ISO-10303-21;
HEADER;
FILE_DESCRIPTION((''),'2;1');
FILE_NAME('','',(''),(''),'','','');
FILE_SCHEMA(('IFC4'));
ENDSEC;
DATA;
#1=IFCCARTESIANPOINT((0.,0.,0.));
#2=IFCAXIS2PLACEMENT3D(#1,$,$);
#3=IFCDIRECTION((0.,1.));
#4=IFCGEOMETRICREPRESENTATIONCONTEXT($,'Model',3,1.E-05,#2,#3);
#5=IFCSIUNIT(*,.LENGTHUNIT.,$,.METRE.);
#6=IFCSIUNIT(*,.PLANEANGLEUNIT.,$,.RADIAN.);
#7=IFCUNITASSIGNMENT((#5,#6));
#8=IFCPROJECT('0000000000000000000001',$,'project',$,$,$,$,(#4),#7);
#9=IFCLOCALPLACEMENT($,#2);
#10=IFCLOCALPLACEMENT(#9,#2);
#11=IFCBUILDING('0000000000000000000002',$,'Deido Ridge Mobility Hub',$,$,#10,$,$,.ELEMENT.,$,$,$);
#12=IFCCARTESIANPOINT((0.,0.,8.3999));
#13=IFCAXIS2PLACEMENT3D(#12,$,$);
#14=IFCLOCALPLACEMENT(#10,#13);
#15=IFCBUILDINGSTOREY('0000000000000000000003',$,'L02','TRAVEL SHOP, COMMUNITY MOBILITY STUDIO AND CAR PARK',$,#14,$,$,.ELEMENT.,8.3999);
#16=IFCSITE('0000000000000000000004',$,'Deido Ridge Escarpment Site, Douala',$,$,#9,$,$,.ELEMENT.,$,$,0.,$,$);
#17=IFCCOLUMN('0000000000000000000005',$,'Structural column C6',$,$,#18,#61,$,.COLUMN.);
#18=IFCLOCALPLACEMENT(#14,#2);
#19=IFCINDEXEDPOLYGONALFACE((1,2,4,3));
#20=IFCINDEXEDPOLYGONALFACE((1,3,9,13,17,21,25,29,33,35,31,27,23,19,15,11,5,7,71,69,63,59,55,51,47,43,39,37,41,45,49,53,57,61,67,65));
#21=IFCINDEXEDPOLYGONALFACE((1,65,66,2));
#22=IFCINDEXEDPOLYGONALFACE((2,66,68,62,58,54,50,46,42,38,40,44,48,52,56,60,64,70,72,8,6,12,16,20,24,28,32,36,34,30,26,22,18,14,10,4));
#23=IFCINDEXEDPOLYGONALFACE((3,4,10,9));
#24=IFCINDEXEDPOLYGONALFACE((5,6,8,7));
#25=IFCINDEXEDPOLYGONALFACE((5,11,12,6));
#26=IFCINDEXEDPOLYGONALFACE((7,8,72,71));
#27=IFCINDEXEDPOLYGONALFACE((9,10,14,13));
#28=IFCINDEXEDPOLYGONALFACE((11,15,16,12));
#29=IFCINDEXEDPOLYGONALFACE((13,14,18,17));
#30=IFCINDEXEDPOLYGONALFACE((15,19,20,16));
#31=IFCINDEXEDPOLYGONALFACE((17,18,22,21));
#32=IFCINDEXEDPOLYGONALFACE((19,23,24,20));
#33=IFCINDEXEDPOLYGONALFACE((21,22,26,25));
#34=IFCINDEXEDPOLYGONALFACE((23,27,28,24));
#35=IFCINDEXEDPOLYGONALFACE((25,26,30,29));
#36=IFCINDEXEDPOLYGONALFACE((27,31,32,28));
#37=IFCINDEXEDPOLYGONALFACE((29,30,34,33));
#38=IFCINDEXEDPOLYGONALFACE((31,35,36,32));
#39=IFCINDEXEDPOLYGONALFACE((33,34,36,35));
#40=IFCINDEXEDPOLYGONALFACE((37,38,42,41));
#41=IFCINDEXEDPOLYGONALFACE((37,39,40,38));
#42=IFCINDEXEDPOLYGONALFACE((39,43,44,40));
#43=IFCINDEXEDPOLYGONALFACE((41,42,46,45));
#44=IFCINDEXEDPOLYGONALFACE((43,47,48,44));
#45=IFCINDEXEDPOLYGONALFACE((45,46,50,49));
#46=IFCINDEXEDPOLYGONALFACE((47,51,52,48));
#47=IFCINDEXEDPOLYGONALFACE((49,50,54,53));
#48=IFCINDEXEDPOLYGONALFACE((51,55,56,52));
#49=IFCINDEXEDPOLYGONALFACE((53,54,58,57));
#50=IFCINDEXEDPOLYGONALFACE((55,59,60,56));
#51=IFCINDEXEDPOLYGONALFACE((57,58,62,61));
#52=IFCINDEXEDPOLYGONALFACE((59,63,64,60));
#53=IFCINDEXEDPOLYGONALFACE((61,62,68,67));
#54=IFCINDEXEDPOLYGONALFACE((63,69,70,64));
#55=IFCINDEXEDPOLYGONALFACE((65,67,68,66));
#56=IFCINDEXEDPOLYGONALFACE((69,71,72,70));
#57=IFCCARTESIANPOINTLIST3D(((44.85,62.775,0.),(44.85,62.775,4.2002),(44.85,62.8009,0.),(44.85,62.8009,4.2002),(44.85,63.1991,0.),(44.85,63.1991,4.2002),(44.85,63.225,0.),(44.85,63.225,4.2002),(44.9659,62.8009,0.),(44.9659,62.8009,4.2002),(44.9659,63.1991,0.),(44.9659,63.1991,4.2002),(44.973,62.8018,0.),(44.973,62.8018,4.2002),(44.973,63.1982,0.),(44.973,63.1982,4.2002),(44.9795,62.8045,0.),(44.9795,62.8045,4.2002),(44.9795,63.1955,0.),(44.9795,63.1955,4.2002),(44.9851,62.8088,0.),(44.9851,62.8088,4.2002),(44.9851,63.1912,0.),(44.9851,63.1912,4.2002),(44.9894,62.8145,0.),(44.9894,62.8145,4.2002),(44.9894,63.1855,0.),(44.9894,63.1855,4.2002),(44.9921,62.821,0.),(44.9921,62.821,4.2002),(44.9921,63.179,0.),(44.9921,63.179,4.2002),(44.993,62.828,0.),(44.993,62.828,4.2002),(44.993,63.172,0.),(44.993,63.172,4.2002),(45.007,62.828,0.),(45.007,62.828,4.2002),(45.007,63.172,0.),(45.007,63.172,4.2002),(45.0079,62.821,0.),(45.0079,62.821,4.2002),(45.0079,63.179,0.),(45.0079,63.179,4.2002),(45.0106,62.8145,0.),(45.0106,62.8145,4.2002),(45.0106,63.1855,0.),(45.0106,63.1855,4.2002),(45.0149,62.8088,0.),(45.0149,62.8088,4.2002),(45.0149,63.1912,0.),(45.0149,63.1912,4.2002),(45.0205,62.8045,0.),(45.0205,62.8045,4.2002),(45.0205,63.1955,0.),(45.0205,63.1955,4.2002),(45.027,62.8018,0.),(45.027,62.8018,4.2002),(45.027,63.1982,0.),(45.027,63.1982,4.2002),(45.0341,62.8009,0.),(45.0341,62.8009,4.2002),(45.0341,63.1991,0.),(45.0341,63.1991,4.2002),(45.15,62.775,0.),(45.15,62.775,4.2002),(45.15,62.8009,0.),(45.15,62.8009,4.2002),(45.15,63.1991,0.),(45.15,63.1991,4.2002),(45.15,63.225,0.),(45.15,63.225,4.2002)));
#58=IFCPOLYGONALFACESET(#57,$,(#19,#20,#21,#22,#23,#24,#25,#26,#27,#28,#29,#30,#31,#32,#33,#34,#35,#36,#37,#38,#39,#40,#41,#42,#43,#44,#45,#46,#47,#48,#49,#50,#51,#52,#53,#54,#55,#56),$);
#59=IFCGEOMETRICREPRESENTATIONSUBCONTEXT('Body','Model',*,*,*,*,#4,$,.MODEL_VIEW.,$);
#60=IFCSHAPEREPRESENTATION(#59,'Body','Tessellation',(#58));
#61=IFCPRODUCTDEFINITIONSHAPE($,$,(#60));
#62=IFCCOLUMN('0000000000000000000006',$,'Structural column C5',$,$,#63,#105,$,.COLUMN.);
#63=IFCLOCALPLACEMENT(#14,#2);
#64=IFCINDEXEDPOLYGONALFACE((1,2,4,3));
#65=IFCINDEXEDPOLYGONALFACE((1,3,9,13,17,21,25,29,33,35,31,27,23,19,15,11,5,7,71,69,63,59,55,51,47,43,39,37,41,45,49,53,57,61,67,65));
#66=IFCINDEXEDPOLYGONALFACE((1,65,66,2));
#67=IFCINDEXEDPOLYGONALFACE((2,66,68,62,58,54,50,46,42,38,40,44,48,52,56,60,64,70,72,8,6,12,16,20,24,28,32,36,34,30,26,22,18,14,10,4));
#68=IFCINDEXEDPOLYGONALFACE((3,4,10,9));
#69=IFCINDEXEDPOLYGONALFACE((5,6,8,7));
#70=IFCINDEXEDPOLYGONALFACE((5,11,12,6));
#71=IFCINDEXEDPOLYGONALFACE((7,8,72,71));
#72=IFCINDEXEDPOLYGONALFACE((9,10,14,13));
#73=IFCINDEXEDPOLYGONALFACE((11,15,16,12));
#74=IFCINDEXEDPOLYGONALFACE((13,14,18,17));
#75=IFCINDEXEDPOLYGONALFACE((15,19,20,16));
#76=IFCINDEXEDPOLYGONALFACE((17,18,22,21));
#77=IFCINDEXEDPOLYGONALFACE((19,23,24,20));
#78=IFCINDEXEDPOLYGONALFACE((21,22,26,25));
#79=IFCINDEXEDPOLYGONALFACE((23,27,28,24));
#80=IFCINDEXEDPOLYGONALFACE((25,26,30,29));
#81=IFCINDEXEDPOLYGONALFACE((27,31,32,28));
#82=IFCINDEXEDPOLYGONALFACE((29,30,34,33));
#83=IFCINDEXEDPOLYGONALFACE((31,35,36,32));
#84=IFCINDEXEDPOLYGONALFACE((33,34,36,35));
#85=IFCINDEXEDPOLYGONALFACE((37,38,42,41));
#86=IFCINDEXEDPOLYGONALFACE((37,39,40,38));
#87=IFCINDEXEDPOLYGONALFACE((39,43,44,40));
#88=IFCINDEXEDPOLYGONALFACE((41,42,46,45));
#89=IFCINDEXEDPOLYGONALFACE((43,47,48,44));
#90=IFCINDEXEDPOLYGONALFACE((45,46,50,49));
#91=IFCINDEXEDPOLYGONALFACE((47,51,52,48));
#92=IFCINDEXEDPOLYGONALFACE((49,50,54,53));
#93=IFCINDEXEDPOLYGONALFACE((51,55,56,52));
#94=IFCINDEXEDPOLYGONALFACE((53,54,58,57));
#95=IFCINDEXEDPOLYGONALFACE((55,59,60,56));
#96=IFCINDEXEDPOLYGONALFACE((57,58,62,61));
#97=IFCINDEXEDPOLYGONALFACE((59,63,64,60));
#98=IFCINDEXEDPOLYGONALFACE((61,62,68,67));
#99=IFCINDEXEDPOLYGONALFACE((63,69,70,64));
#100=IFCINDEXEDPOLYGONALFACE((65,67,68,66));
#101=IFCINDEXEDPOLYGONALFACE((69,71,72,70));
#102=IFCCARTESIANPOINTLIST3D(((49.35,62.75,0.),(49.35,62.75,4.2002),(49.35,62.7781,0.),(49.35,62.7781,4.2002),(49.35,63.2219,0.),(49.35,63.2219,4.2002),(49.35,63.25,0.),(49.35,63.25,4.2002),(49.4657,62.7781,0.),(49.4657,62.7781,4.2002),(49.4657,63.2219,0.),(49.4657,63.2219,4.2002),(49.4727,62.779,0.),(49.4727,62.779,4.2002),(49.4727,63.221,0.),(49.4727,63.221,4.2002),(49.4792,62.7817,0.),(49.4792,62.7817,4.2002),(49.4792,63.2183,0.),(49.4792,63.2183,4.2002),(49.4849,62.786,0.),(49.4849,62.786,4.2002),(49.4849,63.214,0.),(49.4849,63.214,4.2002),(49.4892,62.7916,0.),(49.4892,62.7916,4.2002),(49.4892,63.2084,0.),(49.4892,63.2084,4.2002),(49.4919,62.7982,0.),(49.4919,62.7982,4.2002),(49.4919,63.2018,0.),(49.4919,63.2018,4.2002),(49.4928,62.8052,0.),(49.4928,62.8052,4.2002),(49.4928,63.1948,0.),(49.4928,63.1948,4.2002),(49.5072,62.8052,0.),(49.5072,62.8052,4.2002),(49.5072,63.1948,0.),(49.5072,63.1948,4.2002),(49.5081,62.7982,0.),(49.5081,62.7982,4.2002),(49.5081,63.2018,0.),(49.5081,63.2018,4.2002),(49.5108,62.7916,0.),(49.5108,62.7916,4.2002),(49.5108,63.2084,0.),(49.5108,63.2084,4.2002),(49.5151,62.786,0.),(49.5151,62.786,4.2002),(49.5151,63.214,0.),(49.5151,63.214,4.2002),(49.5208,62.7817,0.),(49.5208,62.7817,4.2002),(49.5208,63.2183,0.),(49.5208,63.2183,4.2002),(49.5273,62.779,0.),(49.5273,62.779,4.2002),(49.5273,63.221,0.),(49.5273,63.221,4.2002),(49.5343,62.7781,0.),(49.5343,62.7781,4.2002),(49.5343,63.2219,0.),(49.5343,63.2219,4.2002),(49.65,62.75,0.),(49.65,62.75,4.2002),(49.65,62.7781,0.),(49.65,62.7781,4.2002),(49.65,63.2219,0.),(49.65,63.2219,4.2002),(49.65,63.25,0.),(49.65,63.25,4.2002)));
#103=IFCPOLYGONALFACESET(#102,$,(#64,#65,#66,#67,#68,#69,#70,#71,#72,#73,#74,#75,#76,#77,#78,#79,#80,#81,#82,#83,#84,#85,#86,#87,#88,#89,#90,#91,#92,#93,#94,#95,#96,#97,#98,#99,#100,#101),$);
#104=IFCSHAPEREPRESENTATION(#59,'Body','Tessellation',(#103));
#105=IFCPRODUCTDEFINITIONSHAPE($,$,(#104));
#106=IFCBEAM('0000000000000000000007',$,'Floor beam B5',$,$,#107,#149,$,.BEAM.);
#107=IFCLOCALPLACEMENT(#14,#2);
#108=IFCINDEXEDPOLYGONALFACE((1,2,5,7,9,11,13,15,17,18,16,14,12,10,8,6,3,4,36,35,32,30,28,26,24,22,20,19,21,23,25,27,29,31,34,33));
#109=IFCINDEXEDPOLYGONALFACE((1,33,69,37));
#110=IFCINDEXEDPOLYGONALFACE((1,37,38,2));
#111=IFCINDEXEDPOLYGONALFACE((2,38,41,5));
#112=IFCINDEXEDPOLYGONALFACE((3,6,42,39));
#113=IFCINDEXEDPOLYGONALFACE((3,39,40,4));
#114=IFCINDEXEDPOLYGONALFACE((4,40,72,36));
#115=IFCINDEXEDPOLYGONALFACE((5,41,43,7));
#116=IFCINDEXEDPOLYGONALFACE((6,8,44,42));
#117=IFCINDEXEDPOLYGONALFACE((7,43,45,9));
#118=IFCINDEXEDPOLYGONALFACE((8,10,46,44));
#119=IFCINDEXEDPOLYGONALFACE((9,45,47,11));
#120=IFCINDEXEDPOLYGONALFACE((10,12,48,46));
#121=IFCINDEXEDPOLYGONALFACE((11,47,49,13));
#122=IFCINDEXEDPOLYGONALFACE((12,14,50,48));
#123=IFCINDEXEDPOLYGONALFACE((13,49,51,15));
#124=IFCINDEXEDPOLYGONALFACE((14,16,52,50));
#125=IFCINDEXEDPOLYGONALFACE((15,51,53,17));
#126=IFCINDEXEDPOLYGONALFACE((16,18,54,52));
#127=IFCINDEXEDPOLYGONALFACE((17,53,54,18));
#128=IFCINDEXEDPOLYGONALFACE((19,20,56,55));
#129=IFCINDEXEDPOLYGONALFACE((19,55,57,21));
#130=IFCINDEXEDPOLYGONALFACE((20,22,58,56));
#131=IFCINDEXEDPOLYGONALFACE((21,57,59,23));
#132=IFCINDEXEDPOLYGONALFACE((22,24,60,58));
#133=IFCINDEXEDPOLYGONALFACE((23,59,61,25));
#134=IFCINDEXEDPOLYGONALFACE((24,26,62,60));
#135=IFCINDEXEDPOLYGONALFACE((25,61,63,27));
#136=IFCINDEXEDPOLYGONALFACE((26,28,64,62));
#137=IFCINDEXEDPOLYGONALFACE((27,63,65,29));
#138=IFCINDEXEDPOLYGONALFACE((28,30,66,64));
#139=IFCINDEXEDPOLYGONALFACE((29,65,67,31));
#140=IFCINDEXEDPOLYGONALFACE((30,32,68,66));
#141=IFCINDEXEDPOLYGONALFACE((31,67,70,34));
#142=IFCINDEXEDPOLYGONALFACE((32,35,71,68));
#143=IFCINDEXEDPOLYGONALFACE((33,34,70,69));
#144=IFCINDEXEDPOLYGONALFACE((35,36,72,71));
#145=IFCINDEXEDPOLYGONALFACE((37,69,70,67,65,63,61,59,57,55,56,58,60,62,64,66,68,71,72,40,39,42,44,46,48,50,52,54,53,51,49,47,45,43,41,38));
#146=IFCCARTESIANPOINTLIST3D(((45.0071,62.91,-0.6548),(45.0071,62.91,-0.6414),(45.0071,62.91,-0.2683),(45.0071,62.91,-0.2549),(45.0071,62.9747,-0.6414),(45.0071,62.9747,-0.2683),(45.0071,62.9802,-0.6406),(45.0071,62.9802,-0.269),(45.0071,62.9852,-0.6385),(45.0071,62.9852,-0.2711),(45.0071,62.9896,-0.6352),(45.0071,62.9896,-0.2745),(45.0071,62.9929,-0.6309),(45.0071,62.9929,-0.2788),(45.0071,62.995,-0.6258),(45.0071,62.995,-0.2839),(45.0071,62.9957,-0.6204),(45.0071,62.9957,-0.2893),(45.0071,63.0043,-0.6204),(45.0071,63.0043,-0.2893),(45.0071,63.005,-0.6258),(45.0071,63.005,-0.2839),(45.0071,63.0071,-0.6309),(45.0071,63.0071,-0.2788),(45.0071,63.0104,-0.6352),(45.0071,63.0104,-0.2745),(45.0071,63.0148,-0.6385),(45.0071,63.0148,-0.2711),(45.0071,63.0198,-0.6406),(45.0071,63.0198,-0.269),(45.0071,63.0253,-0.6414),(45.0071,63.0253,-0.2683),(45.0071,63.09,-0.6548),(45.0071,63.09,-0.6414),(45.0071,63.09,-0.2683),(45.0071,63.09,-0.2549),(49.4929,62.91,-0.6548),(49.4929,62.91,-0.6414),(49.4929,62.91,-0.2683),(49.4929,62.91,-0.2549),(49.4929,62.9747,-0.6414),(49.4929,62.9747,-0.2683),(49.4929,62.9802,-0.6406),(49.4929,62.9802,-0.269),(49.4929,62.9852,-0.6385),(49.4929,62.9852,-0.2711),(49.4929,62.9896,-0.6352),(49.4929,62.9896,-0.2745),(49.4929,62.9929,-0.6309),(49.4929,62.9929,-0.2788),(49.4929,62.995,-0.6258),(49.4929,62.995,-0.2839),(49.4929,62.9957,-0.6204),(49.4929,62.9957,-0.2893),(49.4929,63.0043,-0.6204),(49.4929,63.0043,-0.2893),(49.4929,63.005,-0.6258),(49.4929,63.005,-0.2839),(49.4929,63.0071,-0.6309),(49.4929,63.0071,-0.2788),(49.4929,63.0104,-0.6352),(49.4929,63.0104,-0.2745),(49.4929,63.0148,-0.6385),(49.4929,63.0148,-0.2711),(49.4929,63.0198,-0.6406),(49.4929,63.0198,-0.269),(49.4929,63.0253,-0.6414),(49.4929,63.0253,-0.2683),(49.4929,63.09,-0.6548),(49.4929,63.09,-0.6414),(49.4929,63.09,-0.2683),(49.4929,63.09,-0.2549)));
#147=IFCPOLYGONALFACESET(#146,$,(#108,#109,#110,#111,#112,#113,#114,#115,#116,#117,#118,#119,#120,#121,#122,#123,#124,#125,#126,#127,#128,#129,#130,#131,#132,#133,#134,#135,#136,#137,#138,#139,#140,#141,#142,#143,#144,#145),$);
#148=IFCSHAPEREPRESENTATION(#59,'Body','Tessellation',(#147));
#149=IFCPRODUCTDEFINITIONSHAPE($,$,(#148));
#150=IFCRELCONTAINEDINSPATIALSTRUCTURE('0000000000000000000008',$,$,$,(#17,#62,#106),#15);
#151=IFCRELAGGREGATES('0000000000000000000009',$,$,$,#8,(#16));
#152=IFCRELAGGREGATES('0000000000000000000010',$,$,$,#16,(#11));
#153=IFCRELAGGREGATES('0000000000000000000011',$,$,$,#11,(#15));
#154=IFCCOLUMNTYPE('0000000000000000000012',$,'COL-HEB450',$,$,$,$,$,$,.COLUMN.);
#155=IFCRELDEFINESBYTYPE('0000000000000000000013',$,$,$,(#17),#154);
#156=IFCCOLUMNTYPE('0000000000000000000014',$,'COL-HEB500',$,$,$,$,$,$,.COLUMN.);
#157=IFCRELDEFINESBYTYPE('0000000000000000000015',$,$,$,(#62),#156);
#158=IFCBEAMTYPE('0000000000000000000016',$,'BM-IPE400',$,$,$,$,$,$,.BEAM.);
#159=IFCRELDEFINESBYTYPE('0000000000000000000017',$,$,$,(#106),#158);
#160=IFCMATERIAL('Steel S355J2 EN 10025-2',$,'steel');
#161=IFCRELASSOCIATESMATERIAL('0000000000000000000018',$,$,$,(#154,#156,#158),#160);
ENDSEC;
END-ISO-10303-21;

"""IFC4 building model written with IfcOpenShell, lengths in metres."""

from ifc_helpers import new_model, si_unit, direction, frame, origin, origin_2d, place, context, subcontext, project, spatial, i_section, extrude, material, material_profile, profile_set, type_object, element, save


model = new_model("IFC4")

# Units and contexts
model_context = context("Model", 3, precision=1e-05, world=origin(), true_north=direction((0.0, 1.0)))
body_context = subcontext(model_context, "Body", "Model", "MODEL_VIEW")
ifc_project = project(units=[si_unit("LENGTHUNIT", "METRE"), si_unit("PLANEANGLEUNIT", "RADIAN")], contexts=[model_context])

# Site, building, storey
site_placement = place(None, origin())
site = spatial("IfcSite", under=ifc_project, at=site_placement, Name="Deido Ridge Escarpment Site, Douala", CompositionType="ELEMENT", RefElevation=0.0)
building_placement = place(site_placement, origin())
building = spatial("IfcBuilding", under=site, at=building_placement, Name="Deido Ridge Mobility Hub", CompositionType="ELEMENT")
storey_placement = place(building_placement, frame((0.0, 0.0, 8.3999)))
storey = spatial("IfcBuildingStorey", under=building, at=storey_placement, Name="L02", Description="TRAVEL SHOP, COMMUNITY MOBILITY STUDIO AND CAR PARK", CompositionType="ELEMENT", Elevation=8.3999)

# Columns
ifc_material_1 = material(Name="Steel S355J2 EN 10025-2", Category="steel")
ifc_material_profile_1 = material_profile(ifc_material_1, i_section(OverallWidth=0.3, OverallDepth=0.45, WebThickness=0.0139, FlangeThickness=0.0259, FilletRadius=0.0271, at=origin_2d()), Name="HEB 450")
ifc_profile_set_1 = profile_set([ifc_material_profile_1], Name="Steel S355J2 EN 10025-2")
column_type_1 = type_object("IfcColumnType", Name="COL-HEB450", PredefinedType="COLUMN", material=ifc_profile_set_1)
column_1_placement = place(storey_placement, frame((45.0, 63.0, 0.0), z_axis=(0.0, 0.0, 1.0), x_axis=(1.0, 0.0, 0.0)))
element("IfcColumn", 1, at=column_1_placement, inside=storey, type_object=column_type_1, Name="Structural column C6", PredefinedType="COLUMN", context=body_context, shape_type="SweptSolid", body=[
    extrude(i_section(OverallWidth=0.3, OverallDepth=0.45, WebThickness=0.0139, FlangeThickness=0.0259, FilletRadius=0.0271, at=origin_2d()), origin(), (0.0, 0.0, 1.0), 4.2002),
])
ifc_material_profile_2 = material_profile(ifc_material_1, i_section(OverallWidth=0.3, OverallDepth=0.5, WebThickness=0.0144, FlangeThickness=0.0281, FilletRadius=0.0271, at=origin_2d()), Name="HEB 500")
ifc_profile_set_2 = profile_set([ifc_material_profile_2], Name="Steel S355J2 EN 10025-2")
column_type_2 = type_object("IfcColumnType", Name="COL-HEB500", PredefinedType="COLUMN", material=ifc_profile_set_2)
column_2_placement = place(storey_placement, frame((49.5, 63.0, 0.0), z_axis=(0.0, 0.0, 1.0), x_axis=(1.0, 0.0, 0.0)))
element("IfcColumn", 2, at=column_2_placement, inside=storey, type_object=column_type_2, Name="Structural column C5", PredefinedType="COLUMN", context=body_context, shape_type="SweptSolid", body=[
    extrude(i_section(OverallWidth=0.3, OverallDepth=0.5, WebThickness=0.0144, FlangeThickness=0.0281, FilletRadius=0.0271, at=origin_2d()), origin(), (0.0, 0.0, 1.0), 4.2002),
])

# Beam
ifc_material_profile_3 = material_profile(ifc_material_1, i_section(OverallWidth=0.1799, OverallDepth=0.3999, WebThickness=0.0085, FlangeThickness=0.0134, FilletRadius=0.021, at=origin_2d()), Name="IPE 400")
ifc_profile_set_3 = profile_set([ifc_material_profile_3], Name="Steel S355J2 EN 10025-2")
beam_type_1 = type_object("IfcBeamType", Name="BM-IPE400", PredefinedType="BEAM", material=ifc_profile_set_3)
beam_1_placement = place(storey_placement, frame((45.0071, 63.0, -0.4548), z_axis=(1.0, 0.0, 0.0), x_axis=(0.0, 1.0, 0.0)))
element("IfcBeam", 3, at=beam_1_placement, inside=storey, type_object=beam_type_1, Name="Floor beam B5", PredefinedType="BEAM", context=body_context, shape_type="SweptSolid", body=[
    extrude(i_section(OverallWidth=0.1799, OverallDepth=0.3999, WebThickness=0.0085, FlangeThickness=0.0134, FilletRadius=0.021, at=origin_2d()), origin(), (0.0, 0.0, 1.0), 4.4858),
])

save(model, "model.ifc")
